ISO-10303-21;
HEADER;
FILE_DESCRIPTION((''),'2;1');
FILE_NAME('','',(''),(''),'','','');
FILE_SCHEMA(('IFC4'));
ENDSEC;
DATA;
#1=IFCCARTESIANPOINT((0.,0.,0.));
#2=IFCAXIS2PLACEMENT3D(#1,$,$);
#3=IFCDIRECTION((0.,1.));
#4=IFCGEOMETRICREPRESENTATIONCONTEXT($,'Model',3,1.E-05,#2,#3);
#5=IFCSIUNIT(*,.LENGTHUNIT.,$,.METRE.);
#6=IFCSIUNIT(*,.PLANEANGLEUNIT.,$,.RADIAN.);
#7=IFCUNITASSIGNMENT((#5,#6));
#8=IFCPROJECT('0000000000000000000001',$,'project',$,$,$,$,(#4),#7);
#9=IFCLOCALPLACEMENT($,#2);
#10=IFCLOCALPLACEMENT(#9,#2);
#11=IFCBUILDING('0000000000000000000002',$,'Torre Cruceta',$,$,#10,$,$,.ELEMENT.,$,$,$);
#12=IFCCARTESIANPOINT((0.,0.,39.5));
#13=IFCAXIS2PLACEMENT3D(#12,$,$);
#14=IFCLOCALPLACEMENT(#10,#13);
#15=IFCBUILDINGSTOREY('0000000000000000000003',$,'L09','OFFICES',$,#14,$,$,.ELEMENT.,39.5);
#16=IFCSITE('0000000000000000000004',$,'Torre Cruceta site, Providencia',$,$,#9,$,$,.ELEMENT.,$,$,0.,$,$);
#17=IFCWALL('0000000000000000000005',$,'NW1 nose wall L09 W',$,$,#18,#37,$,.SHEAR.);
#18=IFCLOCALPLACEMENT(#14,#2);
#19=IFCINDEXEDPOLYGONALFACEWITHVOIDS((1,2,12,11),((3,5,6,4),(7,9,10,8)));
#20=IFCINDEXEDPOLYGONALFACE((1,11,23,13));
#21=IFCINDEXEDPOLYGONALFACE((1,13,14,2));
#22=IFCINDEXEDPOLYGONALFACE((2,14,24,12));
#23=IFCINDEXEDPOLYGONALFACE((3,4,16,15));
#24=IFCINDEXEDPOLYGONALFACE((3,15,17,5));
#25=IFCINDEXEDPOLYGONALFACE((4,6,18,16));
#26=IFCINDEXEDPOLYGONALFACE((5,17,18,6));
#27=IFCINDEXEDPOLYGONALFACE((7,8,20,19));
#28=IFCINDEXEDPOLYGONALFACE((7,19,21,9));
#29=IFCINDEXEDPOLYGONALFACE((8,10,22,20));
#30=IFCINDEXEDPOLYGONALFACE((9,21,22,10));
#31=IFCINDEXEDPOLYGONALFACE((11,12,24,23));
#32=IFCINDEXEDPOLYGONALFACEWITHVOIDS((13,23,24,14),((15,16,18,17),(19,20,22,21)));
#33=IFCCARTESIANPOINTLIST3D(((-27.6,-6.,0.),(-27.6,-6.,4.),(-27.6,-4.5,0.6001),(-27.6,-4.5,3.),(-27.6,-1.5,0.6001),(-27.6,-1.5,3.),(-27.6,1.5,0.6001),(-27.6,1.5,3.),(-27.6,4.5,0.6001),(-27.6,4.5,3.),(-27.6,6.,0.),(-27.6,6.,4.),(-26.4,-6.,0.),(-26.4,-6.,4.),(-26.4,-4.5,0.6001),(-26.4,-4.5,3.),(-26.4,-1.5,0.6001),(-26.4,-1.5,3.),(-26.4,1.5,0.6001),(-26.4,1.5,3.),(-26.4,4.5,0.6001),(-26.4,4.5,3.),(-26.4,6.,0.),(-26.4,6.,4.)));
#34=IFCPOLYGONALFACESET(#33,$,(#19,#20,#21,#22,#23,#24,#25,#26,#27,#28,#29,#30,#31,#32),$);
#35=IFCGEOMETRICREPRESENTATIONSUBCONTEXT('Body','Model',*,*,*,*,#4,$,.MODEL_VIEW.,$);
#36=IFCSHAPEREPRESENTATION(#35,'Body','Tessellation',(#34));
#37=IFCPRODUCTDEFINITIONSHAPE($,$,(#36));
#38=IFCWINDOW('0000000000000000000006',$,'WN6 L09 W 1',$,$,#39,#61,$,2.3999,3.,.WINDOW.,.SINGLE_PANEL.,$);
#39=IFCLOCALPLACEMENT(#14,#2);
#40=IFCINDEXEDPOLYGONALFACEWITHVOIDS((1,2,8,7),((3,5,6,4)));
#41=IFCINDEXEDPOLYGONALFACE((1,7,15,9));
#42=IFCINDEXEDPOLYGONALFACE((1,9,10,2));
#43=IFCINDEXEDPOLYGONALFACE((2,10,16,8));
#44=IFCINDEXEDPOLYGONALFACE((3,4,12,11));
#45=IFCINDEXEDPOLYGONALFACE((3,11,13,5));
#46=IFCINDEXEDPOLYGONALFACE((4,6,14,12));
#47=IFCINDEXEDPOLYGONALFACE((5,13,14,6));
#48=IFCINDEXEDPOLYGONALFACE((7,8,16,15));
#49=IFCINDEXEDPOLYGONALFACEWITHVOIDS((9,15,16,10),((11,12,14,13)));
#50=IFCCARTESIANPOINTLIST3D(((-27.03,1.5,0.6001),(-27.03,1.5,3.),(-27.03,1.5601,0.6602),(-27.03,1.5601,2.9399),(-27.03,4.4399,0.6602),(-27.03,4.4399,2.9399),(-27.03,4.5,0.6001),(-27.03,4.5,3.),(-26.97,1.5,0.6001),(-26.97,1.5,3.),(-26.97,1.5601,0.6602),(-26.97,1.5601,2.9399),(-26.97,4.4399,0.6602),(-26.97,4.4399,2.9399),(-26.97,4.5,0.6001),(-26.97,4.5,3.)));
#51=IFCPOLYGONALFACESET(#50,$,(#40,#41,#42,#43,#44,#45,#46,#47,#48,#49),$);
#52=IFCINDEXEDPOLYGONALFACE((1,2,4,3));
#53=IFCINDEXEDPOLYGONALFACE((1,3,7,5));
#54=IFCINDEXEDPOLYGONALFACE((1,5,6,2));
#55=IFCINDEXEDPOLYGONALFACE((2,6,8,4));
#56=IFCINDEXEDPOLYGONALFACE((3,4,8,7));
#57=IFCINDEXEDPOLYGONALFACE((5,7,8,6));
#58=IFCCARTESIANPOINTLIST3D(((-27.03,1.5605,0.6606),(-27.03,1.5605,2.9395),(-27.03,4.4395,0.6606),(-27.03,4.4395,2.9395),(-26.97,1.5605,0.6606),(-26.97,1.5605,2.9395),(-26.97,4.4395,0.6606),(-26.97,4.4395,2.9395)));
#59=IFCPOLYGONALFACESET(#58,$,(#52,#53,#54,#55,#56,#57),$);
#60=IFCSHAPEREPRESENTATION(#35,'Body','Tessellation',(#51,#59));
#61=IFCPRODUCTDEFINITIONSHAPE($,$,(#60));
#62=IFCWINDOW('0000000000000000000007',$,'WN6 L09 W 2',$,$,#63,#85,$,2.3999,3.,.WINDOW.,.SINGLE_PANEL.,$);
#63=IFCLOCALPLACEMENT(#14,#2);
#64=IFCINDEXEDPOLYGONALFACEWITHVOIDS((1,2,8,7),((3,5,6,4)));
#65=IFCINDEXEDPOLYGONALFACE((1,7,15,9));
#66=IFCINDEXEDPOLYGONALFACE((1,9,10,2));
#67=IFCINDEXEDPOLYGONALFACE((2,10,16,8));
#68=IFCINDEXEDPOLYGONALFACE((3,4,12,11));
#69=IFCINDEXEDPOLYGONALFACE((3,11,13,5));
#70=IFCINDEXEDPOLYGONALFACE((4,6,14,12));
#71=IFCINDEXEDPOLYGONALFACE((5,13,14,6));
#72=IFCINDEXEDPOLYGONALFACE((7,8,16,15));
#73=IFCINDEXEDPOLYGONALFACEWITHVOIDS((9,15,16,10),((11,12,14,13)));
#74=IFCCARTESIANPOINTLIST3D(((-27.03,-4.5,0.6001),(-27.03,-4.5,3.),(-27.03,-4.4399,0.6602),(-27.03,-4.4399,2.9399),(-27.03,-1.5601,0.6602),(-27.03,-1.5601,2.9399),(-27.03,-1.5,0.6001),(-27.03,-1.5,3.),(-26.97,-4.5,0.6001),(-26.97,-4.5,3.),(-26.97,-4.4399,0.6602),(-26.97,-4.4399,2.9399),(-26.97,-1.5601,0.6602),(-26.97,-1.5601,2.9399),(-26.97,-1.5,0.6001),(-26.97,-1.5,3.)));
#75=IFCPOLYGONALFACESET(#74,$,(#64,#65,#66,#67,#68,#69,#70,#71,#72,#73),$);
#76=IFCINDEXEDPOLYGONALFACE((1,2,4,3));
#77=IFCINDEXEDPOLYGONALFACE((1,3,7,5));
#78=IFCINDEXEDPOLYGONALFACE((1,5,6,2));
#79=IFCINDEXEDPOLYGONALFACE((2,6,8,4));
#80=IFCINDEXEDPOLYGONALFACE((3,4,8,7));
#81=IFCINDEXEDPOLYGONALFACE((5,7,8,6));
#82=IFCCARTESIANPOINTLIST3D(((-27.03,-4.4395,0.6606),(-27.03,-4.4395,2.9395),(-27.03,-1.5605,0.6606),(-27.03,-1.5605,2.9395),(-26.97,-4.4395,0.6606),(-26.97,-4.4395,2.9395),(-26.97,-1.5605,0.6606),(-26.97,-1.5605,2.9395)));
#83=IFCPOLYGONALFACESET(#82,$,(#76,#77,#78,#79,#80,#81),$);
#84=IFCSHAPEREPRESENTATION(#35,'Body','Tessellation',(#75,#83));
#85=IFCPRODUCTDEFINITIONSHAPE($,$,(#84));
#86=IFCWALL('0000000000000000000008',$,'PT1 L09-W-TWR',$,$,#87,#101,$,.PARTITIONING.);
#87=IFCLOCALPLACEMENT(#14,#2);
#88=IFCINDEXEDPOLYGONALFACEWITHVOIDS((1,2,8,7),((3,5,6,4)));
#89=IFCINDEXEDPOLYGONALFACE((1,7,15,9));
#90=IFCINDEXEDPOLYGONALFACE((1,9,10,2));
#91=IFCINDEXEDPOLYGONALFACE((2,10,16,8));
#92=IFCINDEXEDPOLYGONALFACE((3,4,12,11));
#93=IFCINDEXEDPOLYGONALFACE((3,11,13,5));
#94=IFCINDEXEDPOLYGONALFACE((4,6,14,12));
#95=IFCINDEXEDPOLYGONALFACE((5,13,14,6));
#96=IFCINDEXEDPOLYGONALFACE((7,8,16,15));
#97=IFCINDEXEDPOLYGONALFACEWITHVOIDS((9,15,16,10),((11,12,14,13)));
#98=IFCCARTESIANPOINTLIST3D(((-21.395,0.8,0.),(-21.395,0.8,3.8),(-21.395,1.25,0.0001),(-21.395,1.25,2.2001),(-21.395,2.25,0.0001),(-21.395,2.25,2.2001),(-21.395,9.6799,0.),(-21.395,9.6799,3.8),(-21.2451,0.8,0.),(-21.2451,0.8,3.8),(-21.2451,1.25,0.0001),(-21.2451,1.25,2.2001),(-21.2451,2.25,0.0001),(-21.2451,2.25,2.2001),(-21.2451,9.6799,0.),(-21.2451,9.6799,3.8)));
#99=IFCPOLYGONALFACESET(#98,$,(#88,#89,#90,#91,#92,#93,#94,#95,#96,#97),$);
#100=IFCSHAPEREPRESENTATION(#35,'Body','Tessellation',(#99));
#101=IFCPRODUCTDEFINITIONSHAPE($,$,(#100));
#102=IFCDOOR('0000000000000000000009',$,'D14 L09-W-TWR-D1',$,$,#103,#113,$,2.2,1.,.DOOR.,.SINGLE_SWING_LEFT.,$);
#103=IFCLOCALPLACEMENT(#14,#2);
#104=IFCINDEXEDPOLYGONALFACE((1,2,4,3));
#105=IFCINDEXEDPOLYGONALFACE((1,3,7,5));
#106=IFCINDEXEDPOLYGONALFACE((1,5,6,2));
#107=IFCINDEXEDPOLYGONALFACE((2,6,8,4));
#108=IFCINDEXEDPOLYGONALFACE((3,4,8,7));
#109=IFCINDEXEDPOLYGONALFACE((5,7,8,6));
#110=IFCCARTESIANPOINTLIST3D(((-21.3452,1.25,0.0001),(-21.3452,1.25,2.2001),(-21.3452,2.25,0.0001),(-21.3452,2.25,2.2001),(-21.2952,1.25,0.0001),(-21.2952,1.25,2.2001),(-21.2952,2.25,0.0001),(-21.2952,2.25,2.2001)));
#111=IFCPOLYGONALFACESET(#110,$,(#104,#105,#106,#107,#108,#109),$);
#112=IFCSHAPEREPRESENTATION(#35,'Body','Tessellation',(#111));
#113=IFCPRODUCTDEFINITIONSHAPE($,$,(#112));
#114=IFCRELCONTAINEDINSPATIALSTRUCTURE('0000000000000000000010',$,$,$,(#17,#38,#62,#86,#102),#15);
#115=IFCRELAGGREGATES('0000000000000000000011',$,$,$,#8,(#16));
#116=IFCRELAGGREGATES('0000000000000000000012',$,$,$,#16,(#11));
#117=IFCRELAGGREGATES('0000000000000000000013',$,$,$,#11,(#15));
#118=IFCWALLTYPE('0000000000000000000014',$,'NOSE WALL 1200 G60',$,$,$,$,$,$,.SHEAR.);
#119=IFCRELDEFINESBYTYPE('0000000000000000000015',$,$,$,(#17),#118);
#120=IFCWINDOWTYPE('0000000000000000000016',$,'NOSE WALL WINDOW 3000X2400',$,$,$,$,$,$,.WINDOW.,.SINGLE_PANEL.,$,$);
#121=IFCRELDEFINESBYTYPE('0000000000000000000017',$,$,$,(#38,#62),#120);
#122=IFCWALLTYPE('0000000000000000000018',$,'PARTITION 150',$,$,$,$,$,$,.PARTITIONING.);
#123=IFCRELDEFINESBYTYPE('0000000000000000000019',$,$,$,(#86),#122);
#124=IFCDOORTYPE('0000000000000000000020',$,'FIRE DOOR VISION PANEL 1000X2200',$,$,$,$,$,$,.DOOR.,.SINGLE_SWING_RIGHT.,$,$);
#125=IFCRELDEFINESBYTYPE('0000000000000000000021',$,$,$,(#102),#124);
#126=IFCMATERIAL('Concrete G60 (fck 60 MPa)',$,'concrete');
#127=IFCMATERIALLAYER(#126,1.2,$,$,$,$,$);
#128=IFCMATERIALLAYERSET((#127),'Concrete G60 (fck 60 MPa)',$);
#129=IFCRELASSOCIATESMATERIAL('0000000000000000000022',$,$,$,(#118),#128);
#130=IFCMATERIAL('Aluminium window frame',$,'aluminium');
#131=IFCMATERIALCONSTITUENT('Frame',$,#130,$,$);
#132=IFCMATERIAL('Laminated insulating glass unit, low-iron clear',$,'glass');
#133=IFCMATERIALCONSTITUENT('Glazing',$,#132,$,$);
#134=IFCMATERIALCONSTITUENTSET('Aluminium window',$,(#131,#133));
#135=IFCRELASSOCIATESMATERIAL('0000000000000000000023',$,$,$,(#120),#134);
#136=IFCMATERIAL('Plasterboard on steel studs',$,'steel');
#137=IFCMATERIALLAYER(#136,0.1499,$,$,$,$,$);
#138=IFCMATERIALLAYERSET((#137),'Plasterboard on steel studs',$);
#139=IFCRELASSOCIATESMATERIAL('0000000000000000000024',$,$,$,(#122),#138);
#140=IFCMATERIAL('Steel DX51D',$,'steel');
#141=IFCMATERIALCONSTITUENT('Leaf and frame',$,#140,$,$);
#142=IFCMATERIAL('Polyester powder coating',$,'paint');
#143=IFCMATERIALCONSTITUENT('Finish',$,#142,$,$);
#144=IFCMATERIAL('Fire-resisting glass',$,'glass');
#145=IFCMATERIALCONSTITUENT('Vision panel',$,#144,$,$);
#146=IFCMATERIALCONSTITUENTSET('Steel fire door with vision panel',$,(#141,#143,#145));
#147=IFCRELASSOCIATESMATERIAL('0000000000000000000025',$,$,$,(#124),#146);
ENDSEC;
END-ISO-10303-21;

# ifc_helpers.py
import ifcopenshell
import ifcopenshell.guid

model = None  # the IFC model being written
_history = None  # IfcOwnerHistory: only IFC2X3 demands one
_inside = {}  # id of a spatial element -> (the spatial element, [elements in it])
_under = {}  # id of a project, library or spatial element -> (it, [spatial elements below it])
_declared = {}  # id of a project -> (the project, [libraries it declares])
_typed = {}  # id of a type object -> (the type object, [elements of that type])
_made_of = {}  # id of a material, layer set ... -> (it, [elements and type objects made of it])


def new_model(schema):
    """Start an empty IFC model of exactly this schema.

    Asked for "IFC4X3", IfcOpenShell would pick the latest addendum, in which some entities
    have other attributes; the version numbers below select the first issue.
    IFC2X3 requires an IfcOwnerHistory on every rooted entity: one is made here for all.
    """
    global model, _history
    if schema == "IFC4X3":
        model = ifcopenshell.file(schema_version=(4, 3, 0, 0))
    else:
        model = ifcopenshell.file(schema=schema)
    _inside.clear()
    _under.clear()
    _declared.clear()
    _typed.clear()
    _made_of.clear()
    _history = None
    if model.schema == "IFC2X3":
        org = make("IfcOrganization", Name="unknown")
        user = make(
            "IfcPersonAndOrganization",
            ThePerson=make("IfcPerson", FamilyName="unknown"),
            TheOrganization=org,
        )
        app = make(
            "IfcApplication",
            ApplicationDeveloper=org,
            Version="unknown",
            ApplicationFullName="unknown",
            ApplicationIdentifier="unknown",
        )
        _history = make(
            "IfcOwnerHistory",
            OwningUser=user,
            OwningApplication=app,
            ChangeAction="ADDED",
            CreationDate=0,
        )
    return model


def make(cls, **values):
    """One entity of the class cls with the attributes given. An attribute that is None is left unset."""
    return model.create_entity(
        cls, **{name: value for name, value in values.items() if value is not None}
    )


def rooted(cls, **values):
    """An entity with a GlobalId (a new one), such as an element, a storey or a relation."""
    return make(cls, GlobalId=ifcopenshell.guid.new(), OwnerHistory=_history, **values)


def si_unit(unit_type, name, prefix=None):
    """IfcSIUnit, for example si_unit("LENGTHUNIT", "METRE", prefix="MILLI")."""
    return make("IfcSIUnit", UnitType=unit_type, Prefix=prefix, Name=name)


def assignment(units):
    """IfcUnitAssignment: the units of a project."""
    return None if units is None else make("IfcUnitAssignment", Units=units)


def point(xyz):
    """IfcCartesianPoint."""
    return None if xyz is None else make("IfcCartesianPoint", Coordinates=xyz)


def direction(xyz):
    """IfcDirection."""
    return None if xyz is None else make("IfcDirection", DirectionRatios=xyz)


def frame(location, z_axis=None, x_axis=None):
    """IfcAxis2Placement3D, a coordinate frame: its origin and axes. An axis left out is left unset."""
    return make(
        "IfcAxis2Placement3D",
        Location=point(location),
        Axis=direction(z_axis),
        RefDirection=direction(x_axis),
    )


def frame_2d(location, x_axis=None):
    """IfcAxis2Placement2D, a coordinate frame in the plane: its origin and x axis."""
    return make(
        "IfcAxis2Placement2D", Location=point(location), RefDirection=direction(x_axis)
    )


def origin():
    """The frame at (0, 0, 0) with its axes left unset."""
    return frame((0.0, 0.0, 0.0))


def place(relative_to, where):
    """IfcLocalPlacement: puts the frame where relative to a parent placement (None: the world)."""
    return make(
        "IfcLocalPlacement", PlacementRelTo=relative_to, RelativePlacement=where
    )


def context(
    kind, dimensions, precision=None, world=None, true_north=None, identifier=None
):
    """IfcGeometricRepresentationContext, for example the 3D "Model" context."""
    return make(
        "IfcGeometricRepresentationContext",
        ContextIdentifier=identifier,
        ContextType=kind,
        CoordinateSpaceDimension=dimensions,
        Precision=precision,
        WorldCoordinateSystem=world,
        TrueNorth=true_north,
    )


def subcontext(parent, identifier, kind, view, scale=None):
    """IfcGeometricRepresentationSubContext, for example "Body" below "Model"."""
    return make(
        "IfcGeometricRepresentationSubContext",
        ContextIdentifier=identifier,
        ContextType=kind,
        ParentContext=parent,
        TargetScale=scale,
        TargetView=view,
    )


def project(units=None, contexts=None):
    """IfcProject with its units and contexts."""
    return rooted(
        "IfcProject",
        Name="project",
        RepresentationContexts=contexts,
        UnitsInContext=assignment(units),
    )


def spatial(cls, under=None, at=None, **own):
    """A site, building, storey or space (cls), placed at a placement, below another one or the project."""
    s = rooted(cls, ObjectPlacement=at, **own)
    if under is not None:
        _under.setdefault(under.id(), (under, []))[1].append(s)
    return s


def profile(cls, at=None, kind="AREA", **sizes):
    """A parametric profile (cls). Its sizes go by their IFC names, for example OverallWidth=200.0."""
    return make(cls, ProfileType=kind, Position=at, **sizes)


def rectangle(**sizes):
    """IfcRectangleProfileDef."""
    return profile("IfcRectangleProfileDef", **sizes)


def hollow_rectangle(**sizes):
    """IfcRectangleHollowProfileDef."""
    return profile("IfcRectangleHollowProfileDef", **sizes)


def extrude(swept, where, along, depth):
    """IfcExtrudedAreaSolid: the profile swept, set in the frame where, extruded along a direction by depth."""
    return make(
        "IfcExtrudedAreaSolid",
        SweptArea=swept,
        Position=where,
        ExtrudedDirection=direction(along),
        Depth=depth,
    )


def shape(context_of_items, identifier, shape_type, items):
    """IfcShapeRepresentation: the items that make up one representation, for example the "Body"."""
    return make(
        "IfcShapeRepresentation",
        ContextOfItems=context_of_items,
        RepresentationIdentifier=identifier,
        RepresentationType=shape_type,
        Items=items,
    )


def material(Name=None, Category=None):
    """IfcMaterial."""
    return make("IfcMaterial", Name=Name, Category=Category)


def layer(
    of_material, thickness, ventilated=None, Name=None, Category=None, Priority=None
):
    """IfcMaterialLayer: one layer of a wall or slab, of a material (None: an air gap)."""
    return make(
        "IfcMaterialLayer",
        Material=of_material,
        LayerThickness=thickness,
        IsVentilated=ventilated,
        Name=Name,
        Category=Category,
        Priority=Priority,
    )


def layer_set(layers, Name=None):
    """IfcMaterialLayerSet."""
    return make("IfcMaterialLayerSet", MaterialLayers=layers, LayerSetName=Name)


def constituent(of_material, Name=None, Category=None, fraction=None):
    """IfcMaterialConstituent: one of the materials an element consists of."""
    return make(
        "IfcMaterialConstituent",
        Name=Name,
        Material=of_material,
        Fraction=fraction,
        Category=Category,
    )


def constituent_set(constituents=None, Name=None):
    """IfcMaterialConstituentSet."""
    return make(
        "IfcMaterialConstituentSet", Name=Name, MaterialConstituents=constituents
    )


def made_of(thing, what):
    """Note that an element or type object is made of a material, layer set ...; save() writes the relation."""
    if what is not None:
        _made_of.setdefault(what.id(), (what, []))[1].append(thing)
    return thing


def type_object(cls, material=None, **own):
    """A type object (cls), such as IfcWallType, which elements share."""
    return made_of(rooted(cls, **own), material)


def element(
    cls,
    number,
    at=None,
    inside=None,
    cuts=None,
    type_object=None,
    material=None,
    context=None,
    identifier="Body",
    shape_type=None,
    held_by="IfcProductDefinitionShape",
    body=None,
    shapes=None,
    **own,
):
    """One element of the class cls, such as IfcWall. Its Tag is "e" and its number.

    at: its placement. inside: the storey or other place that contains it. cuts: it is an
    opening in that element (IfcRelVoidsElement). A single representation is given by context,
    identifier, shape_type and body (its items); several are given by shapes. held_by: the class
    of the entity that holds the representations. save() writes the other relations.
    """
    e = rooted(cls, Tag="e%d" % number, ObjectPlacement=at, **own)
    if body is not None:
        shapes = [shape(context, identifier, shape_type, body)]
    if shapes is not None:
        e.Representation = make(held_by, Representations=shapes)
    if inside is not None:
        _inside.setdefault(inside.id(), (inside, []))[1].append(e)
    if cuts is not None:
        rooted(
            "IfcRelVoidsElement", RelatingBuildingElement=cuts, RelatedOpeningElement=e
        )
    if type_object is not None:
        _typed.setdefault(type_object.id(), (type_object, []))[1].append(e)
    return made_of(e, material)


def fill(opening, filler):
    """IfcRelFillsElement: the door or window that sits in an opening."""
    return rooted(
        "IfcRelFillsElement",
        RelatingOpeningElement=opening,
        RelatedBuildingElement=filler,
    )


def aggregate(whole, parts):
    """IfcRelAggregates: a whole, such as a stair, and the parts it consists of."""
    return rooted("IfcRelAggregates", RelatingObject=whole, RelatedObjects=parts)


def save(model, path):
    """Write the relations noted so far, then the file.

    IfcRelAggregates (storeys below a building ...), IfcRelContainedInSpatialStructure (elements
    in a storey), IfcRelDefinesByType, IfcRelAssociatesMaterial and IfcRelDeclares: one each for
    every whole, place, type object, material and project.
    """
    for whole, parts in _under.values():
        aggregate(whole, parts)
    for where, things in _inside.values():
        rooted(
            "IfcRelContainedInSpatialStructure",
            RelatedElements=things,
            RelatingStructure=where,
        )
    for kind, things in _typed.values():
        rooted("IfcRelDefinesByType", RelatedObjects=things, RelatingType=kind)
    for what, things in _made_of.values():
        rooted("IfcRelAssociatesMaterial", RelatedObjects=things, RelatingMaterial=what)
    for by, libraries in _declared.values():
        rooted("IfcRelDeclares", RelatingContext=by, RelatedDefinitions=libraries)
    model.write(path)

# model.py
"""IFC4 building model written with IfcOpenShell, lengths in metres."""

from ifc_helpers import new_model, si_unit, direction, frame, frame_2d, origin, place, context, subcontext, project, spatial, rectangle, hollow_rectangle, extrude, material, layer, layer_set, constituent, constituent_set, type_object, element, fill, save


model = new_model("IFC4")

# Units and contexts
model_context = context("Model", 3, precision=1e-05, world=origin(), true_north=direction((0.0, 1.0)))
body_context = subcontext(model_context, "Body", "Model", "MODEL_VIEW")
ifc_project = project(units=[si_unit("LENGTHUNIT", "METRE"), si_unit("PLANEANGLEUNIT", "RADIAN")], contexts=[model_context])

# Site, building, storey
site_placement = place(None, origin())
site = spatial("IfcSite", under=ifc_project, at=site_placement, Name="Torre Cruceta site, Providencia", CompositionType="ELEMENT", RefElevation=0.0)
building_placement = place(site_placement, origin())
building = spatial("IfcBuilding", under=site, at=building_placement, Name="Torre Cruceta", CompositionType="ELEMENT")
storey_placement = place(building_placement, frame((0.0, 0.0, 39.5)))
storey = spatial("IfcBuildingStorey", under=building, at=storey_placement, Name="L09", Description="OFFICES", CompositionType="ELEMENT", Elevation=39.5)

# Wall, openings, windows
ifc_material_1 = material(Name="Concrete G60 (fck 60 MPa)", Category="concrete")
ifc_layer_1 = layer(ifc_material_1, 1.2)
ifc_layer_set_1 = layer_set([ifc_layer_1], Name="Concrete G60 (fck 60 MPa)")
wall_type_1 = type_object("IfcWallType", Name="NOSE WALL 1200 G60", PredefinedType="SHEAR", material=ifc_layer_set_1)
wall_1_placement = place(storey_placement, frame((-27.0, 6.0, 0.0), z_axis=(0.0, 0.0, 1.0), x_axis=(0.0, -1.0, 0.0)))
wall_1 = element("IfcWall", 1, at=wall_1_placement, inside=storey, type_object=wall_type_1, Name="NW1 nose wall L09 W", PredefinedType="SHEAR", context=body_context, shape_type="SweptSolid", body=[
    extrude(rectangle(XDim=12.0, YDim=1.2, at=frame_2d((6.0, 0.0))), origin(), (0.0, 0.0, 1.0), 4.0),
])
opening_1_placement = place(wall_1_placement, frame((1.5, 0.0, 0.6001)))
opening_1 = element("IfcOpeningElement", 2, at=opening_1_placement, cuts=wall_1, PredefinedType="OPENING", context=body_context, shape_type="SweptSolid", body=[
    extrude(rectangle(XDim=3.0, YDim=2.3999, at=frame_2d((1.5, 1.2))), frame((0.0, 0.6099, 0.0), z_axis=(0.0, -1.0, 0.0), x_axis=(1.0, 0.0, 0.0)), (0.0, 0.0, 1.0), 1.22),
])
opening_2_placement = place(wall_1_placement, frame((7.5, 0.0, 0.6001)))
opening_2 = element("IfcOpeningElement", 3, at=opening_2_placement, cuts=wall_1, PredefinedType="OPENING", context=body_context, shape_type="SweptSolid", body=[
    extrude(rectangle(XDim=3.0, YDim=2.3999, at=frame_2d((1.5, 1.2))), frame((0.0, 0.6099, 0.0), z_axis=(0.0, -1.0, 0.0), x_axis=(1.0, 0.0, 0.0)), (0.0, 0.0, 1.0), 1.22),
])
ifc_material_2 = material(Name="Aluminium window frame", Category="aluminium")
ifc_constituent_1 = constituent(ifc_material_2, Name="Frame")
ifc_material_3 = material(Name="Laminated insulating glass unit, low-iron clear", Category="glass")
ifc_constituent_2 = constituent(ifc_material_3, Name="Glazing")
ifc_constituent_set_1 = constituent_set(constituents=[ifc_constituent_1, ifc_constituent_2], Name="Aluminium window")
window_type_1 = type_object("IfcWindowType", Name="NOSE WALL WINDOW 3000X2400", PartitioningType="SINGLE_PANEL", PredefinedType="WINDOW", material=ifc_constituent_set_1)
window_1_placement = place(opening_1_placement, origin())
window_1 = element("IfcWindow", 4, at=window_1_placement, inside=storey, type_object=window_type_1, Name="WN6 L09 W 1", OverallHeight=2.3999, OverallWidth=3.0, PartitioningType="SINGLE_PANEL", PredefinedType="WINDOW", context=body_context, shape_type="SweptSolid", body=[
    extrude(hollow_rectangle(XDim=3.0, YDim=2.3999, WallThickness=0.0601, at=frame_2d((1.5, 1.2))), frame((0.0, 0.03, 0.0), z_axis=(0.0, -1.0, 0.0), x_axis=(1.0, 0.0, 0.0)), (0.0, 0.0, 1.0), 0.0601),
    extrude(rectangle(XDim=2.8789, YDim=2.2788, at=frame_2d((1.5, 1.2))), frame((0.0, 0.03, 0.0), z_axis=(0.0, -1.0, 0.0), x_axis=(1.0, 0.0, 0.0)), (0.0, 0.0, 1.0), 0.0601),
])
fill(opening_1, window_1)
window_2_placement = place(opening_2_placement, origin())
window_2 = element("IfcWindow", 5, at=window_2_placement, inside=storey, type_object=window_type_1, Name="WN6 L09 W 2", OverallHeight=2.3999, OverallWidth=3.0, PartitioningType="SINGLE_PANEL", PredefinedType="WINDOW", context=body_context, shape_type="SweptSolid", body=[
    extrude(hollow_rectangle(XDim=3.0, YDim=2.3999, WallThickness=0.0601, at=frame_2d((1.5, 1.2))), frame((0.0, 0.03, 0.0), z_axis=(0.0, -1.0, 0.0), x_axis=(1.0, 0.0, 0.0)), (0.0, 0.0, 1.0), 0.0601),
    extrude(rectangle(XDim=2.8789, YDim=2.2788, at=frame_2d((1.5, 1.2))), frame((0.0, 0.03, 0.0), z_axis=(0.0, -1.0, 0.0), x_axis=(1.0, 0.0, 0.0)), (0.0, 0.0, 1.0), 0.0601),
])
fill(opening_2, window_2)

# Wall, opening, door
ifc_material_4 = material(Name="Plasterboard on steel studs", Category="steel")
ifc_layer_2 = layer(ifc_material_4, 0.1499)
ifc_layer_set_2 = layer_set([ifc_layer_2], Name="Plasterboard on steel studs")
wall_type_2 = type_object("IfcWallType", Name="PARTITION 150", PredefinedType="PARTITIONING", material=ifc_layer_set_2)
wall_2_placement = place(storey_placement, frame((-21.3201, 9.6799, 0.0), z_axis=(0.0, 0.0, 1.0), x_axis=(0.0, -1.0, 0.0)))
wall_2 = element("IfcWall", 6, at=wall_2_placement, inside=storey, type_object=wall_type_2, Name="PT1 L09-W-TWR", PredefinedType="PARTITIONING", context=body_context, shape_type="SweptSolid", body=[
    extrude(rectangle(XDim=8.8799, YDim=0.1499, at=frame_2d((4.4399, 0.0))), origin(), (0.0, 0.0, 1.0), 3.8),
])
opening_3_placement = place(wall_2_placement, frame((7.4299, 0.0, 0.0)))
opening_3 = element("IfcOpeningElement", 7, at=opening_3_placement, cuts=wall_2, PredefinedType="OPENING", context=body_context, shape_type="SweptSolid", body=[
    extrude(rectangle(XDim=1.0, YDim=2.2, at=frame_2d((0.5, 1.1001))), frame((0.0, 0.085, 0.0), z_axis=(0.0, -1.0, 0.0), x_axis=(1.0, 0.0, 0.0)), (0.0, 0.0, 1.0), 0.1699),
])
ifc_material_5 = material(Name="Steel DX51D", Category="steel")
ifc_constituent_3 = constituent(ifc_material_5, Name="Leaf and frame")
ifc_material_6 = material(Name="Polyester powder coating", Category="paint")
ifc_constituent_4 = constituent(ifc_material_6, Name="Finish")
ifc_material_7 = material(Name="Fire-resisting glass", Category="glass")
ifc_constituent_5 = constituent(ifc_material_7, Name="Vision panel")
ifc_constituent_set_2 = constituent_set(constituents=[ifc_constituent_3, ifc_constituent_4, ifc_constituent_5], Name="Steel fire door with vision panel")
door_type_1 = type_object("IfcDoorType", Name="FIRE DOOR VISION PANEL 1000X2200", OperationType="SINGLE_SWING_RIGHT", PredefinedType="DOOR", material=ifc_constituent_set_2)
door_1_placement = place(opening_3_placement, frame((1.0, 0.0, 0.0), z_axis=(0.0, 0.0, 1.0), x_axis=(-1.0, 0.0, 0.0)))
door_1 = element("IfcDoor", 8, at=door_1_placement, inside=storey, type_object=door_type_1, Name="D14 L09-W-TWR-D1", OperationType="SINGLE_SWING_LEFT", OverallHeight=2.2, OverallWidth=1.0, PredefinedType="DOOR", context=body_context, shape_type="SweptSolid", body=[
    extrude(rectangle(XDim=1.0, YDim=2.2, at=frame_2d((0.5, 1.1001))), frame((0.0, 0.0251, 0.0), z_axis=(0.0, -1.0, 0.0), x_axis=(1.0, 0.0, 0.0)), (0.0, 0.0, 1.0), 0.05),
])
fill(opening_3, door_1)

save(model, "model.ifc")
